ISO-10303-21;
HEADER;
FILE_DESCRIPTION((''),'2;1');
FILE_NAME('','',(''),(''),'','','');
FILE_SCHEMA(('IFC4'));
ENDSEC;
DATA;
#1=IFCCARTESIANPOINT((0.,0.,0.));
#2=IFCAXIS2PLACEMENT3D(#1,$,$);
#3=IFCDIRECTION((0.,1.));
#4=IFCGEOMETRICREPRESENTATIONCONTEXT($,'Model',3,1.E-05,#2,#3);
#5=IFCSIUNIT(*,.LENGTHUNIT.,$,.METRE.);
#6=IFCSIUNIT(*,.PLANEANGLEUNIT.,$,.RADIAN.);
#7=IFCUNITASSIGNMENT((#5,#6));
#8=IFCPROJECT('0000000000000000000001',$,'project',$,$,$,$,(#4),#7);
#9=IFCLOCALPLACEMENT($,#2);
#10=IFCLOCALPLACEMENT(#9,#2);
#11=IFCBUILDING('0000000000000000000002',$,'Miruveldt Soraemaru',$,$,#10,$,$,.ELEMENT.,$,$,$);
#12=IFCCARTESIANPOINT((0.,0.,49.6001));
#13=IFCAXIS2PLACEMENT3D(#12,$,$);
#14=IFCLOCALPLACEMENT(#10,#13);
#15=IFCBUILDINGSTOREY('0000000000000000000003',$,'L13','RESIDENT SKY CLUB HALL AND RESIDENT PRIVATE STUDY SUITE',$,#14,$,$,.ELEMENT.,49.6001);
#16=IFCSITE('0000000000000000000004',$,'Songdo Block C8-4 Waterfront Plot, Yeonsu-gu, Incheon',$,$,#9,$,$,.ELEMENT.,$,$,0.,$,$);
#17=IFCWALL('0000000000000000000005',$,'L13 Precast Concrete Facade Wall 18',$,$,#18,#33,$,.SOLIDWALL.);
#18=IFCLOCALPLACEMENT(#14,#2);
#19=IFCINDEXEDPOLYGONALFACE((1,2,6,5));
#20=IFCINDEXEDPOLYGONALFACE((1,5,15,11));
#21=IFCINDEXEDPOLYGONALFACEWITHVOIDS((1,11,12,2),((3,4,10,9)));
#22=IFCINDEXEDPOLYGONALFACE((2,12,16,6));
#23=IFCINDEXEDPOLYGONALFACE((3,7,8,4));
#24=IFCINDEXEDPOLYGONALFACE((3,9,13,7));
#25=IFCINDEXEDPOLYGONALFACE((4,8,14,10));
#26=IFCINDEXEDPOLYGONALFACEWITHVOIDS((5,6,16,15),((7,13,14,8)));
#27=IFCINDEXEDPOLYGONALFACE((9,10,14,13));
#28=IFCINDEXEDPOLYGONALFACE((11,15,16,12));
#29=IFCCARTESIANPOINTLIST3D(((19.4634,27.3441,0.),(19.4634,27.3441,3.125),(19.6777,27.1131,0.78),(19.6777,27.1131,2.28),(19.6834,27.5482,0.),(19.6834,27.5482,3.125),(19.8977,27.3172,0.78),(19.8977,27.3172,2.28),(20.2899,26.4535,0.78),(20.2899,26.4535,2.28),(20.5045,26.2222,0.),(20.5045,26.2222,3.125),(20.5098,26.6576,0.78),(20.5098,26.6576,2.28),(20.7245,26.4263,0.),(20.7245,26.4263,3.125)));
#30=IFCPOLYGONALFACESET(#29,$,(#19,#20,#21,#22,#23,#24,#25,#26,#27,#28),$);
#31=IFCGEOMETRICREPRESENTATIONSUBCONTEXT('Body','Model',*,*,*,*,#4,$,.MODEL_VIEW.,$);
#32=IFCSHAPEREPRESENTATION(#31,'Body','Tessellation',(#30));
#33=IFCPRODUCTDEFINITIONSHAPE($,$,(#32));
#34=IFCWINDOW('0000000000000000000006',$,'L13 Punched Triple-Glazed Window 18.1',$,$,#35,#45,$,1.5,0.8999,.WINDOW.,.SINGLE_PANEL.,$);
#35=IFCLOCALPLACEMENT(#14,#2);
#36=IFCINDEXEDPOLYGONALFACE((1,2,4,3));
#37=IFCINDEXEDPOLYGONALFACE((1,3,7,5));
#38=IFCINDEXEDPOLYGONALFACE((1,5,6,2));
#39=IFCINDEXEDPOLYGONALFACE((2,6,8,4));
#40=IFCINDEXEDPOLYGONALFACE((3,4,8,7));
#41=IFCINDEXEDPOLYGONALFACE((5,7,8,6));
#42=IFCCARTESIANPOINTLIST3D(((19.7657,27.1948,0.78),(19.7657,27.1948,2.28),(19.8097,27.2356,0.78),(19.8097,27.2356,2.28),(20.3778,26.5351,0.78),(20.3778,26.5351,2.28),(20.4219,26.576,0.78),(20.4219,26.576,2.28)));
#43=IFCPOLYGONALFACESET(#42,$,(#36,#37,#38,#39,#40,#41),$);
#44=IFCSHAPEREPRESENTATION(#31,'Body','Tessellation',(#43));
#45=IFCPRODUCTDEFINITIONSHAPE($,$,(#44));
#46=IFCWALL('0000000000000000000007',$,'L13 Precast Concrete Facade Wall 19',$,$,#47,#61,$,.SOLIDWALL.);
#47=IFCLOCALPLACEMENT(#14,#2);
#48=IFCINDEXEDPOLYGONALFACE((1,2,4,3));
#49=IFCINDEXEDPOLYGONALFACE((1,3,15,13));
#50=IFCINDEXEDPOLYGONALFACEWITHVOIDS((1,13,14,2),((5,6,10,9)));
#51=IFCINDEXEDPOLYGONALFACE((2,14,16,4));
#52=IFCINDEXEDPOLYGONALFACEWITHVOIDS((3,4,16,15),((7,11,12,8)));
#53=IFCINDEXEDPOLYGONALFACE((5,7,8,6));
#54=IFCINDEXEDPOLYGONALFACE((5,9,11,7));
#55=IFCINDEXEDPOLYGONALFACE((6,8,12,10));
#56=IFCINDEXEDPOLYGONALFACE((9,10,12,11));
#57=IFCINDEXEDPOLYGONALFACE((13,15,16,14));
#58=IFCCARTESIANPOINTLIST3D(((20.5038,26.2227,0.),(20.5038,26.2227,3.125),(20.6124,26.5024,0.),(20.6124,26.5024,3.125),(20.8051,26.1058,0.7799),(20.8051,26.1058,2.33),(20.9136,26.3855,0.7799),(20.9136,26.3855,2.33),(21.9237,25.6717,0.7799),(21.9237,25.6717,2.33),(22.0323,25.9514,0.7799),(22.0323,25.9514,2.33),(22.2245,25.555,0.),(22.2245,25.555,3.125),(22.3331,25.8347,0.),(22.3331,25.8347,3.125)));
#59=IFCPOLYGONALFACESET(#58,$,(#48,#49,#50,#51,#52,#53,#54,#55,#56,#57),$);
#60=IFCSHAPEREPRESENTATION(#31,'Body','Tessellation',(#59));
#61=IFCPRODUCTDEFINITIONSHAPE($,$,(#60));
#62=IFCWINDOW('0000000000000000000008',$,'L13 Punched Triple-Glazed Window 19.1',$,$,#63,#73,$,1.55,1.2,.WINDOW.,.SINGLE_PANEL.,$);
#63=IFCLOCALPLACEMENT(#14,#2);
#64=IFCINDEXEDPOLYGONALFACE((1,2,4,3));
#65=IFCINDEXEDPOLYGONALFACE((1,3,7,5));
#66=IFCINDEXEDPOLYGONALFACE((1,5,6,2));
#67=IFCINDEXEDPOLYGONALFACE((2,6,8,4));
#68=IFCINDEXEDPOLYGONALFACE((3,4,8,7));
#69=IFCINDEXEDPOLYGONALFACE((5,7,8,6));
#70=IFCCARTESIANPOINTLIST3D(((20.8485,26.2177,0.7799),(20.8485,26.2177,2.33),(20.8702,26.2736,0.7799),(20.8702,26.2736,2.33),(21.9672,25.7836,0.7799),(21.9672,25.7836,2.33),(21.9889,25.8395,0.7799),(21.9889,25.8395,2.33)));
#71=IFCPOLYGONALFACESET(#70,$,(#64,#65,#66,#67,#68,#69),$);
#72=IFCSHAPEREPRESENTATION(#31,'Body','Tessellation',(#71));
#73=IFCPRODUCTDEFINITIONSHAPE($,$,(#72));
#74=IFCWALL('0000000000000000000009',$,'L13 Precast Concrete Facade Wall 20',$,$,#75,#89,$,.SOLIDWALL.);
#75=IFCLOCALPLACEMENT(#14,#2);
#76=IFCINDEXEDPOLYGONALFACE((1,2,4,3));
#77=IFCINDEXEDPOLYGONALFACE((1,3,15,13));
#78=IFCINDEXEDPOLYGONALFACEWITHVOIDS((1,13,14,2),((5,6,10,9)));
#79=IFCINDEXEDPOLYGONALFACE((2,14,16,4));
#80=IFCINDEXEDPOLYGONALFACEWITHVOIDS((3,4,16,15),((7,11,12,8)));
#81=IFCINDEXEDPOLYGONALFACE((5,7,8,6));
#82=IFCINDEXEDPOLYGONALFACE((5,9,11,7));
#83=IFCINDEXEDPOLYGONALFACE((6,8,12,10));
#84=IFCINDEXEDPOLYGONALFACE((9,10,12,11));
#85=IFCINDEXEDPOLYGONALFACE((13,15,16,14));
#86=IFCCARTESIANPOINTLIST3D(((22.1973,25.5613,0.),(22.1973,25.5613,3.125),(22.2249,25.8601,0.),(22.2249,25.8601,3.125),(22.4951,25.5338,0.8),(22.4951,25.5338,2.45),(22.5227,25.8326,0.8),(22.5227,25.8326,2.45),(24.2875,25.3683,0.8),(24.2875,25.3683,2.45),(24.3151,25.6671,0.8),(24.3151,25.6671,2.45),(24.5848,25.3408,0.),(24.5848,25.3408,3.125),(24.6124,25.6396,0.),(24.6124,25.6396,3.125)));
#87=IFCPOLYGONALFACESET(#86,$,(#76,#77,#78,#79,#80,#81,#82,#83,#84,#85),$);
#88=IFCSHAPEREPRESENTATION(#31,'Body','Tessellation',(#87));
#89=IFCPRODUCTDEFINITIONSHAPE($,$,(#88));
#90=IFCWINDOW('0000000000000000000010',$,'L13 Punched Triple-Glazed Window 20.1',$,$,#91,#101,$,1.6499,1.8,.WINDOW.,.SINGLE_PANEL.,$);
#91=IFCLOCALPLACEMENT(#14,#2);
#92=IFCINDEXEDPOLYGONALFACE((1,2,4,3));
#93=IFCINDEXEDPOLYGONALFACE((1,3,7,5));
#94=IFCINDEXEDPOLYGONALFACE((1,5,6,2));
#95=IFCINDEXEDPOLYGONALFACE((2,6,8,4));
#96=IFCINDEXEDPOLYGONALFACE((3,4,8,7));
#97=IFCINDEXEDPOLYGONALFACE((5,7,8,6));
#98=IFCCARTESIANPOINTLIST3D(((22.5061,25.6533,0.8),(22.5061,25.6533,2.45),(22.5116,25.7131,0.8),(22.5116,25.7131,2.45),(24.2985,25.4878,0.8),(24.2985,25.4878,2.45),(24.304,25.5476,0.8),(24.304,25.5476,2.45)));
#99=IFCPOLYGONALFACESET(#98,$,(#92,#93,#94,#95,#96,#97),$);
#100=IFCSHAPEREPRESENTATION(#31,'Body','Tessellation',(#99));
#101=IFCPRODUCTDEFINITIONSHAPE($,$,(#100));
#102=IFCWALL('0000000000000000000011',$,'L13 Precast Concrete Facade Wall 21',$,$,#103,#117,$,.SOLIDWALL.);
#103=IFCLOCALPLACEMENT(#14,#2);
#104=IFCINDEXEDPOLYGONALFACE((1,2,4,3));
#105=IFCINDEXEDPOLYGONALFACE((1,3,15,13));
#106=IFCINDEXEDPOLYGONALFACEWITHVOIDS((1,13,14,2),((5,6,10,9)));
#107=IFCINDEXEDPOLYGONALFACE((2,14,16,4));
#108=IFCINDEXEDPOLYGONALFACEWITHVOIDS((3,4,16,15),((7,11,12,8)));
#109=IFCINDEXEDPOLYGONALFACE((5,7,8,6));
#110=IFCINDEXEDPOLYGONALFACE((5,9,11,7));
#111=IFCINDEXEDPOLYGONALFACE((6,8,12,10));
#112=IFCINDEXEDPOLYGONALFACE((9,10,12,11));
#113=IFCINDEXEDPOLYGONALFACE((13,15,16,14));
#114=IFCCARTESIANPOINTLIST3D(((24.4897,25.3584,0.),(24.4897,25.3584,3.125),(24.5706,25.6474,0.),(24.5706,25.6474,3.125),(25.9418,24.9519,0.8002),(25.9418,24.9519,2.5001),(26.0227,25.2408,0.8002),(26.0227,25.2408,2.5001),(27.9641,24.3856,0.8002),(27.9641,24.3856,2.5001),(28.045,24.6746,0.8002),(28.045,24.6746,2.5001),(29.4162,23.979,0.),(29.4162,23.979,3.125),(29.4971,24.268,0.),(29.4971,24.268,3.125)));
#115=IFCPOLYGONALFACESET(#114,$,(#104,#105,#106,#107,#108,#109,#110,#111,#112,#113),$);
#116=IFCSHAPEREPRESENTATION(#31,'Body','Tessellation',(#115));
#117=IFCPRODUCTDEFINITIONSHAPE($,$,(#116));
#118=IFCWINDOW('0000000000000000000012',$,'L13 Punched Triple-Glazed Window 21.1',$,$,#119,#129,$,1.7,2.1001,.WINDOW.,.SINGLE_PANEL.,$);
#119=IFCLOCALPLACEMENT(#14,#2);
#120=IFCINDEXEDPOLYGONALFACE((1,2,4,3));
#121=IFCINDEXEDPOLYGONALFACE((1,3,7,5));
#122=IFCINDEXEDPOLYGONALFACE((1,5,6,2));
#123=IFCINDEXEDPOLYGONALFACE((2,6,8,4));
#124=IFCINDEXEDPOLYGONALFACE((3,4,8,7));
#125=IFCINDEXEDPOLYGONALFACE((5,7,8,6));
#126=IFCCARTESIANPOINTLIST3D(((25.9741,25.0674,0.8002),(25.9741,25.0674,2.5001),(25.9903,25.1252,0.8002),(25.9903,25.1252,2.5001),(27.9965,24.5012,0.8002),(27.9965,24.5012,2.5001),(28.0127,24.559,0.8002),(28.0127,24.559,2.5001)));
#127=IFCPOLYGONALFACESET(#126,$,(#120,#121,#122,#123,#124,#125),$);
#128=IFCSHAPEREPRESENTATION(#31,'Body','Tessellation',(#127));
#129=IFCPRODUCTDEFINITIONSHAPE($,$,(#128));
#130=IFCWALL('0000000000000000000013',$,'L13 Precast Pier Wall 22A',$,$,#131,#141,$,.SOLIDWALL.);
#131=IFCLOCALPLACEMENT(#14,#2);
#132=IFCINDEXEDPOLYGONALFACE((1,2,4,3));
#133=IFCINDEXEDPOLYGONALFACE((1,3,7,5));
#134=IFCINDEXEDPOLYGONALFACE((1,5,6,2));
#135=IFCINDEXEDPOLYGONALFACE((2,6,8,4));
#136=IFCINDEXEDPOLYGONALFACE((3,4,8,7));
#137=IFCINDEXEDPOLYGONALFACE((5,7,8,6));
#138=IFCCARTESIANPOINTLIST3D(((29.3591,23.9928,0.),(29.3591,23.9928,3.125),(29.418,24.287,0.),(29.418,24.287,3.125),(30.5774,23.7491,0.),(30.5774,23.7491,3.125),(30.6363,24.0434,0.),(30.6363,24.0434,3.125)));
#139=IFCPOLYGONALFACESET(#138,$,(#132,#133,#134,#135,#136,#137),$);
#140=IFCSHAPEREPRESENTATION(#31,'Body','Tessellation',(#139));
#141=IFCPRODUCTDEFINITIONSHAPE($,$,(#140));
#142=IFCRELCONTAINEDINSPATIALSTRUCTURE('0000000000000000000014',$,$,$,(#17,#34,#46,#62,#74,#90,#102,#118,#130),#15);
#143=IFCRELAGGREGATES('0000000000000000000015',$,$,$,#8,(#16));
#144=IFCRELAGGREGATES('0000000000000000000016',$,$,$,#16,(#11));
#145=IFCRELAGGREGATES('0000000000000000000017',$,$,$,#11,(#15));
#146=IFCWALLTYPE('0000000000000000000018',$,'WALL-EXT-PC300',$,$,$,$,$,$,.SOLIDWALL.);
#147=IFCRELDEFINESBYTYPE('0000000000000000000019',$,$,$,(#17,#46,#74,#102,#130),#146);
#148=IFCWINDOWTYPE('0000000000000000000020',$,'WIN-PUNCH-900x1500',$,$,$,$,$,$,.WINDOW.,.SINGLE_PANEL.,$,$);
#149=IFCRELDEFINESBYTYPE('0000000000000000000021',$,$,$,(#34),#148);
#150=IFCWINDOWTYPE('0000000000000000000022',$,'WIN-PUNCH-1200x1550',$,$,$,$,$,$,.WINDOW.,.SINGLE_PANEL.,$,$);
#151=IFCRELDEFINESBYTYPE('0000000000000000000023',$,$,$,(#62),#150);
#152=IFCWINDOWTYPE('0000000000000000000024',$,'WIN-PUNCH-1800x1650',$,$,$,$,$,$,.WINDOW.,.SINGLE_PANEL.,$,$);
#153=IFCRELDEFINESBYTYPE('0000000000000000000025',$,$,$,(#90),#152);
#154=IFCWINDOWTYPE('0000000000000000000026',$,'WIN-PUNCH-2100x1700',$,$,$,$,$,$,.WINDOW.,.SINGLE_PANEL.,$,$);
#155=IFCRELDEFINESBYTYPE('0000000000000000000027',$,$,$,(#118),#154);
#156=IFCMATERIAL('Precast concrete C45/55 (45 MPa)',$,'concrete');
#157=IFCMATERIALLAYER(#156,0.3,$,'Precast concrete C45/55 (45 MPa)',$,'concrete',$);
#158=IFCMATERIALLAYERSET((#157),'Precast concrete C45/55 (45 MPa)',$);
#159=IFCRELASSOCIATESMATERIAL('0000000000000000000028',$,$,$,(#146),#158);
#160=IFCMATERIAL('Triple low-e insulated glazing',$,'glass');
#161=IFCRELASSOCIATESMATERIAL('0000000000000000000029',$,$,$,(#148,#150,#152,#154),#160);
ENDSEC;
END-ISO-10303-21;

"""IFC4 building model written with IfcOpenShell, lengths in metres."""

from ifc_helpers import new_model, si_unit, direction, frame, frame_2d, origin, place, context, subcontext, project, spatial, rectangle, extrude, material, layer, layer_set, type_object, element, fill, save


model = new_model("IFC4")

# Units and contexts
model_context = context("Model", 3, precision=1e-05, world=origin(), true_north=direction((0.0, 1.0)))
body_context = subcontext(model_context, "Body", "Model", "MODEL_VIEW")
ifc_project = project(units=[si_unit("LENGTHUNIT", "METRE"), si_unit("PLANEANGLEUNIT", "RADIAN")], contexts=[model_context])

# Site, building, storey
site_placement = place(None, origin())
site = spatial("IfcSite", under=ifc_project, at=site_placement, Name="Songdo Block C8-4 Waterfront Plot, Yeonsu-gu, Incheon", CompositionType="ELEMENT", RefElevation=0.0)
building_placement = place(site_placement, origin())
building = spatial("IfcBuilding", under=site, at=building_placement, Name="Miruveldt Soraemaru", CompositionType="ELEMENT")
storey_placement = place(building_placement, frame((0.0, 0.0, 49.6001)))
storey = spatial("IfcBuildingStorey", under=building, at=storey_placement, Name="L13", Description="RESIDENT SKY CLUB HALL AND RESIDENT PRIVATE STUDY SUITE", CompositionType="ELEMENT", Elevation=49.6001)

# Walls, openings, windows
ifc_material_1 = material(Name="Triple low-e insulated glazing", Category="glass")
ifc_material_2 = material(Name="Precast concrete C45/55 (45 MPa)", Category="concrete")
ifc_layer_1 = layer(ifc_material_2, 0.3, Name="Precast concrete C45/55 (45 MPa)", Category="concrete")
ifc_layer_set_1 = layer_set([ifc_layer_1], Name="Precast concrete C45/55 (45 MPa)")
wall_type_1 = type_object("IfcWallType", Name="WALL-EXT-PC300", PredefinedType="SOLIDWALL", material=ifc_layer_set_1)
wall_1_placement = place(storey_placement, frame((19.5735, 27.446, 0.0), z_axis=(0.0, 0.0, 1.0), x_axis=(0.680212, -0.733015, 0.0)))
wall_1 = element("IfcWall", 1, at=wall_1_placement, inside=storey, type_object=wall_type_1, Name="L13 Precast Concrete Facade Wall 18", PredefinedType="SOLIDWALL", context=body_context, shape_type="SweptSolid", body=[
    extrude(rectangle(XDim=1.5305, YDim=0.3, at=frame_2d((0.7651, 0.0))), origin(), (0.0, 0.0, 1.0), 3.125),
])
opening_1_placement = place(wall_1_placement, frame((0.3149, 0.0, 0.78)))
opening_1 = element("IfcOpeningElement", 2, at=opening_1_placement, cuts=wall_1, PredefinedType="OPENING", context=body_context, shape_type="SweptSolid", body=[
    extrude(rectangle(XDim=0.8999, YDim=1.5, at=frame_2d((0.45, 0.75))), frame((0.0, 0.1602, 0.0), z_axis=(0.0, -1.0, 0.0), x_axis=(1.0, 0.0, 0.0)), (0.0, 0.0, 1.0), 0.3201),
])
window_type_1 = type_object("IfcWindowType", Name="WIN-PUNCH-900x1500", PartitioningType="SINGLE_PANEL", PredefinedType="WINDOW", material=ifc_material_1)
window_1_placement = place(opening_1_placement, origin())
window_1 = element("IfcWindow", 3, at=window_1_placement, inside=storey, type_object=window_type_1, Name="L13 Punched Triple-Glazed Window 18.1", OverallHeight=1.5, OverallWidth=0.8999, PartitioningType="SINGLE_PANEL", PredefinedType="WINDOW", context=body_context, shape_type="SweptSolid", body=[
    extrude(rectangle(XDim=0.8999, YDim=1.5, at=frame_2d((0.45, 0.75))), frame((0.0, 0.03, 0.0), z_axis=(0.0, -1.0, 0.0), x_axis=(1.0, 0.0, 0.0)), (0.0, 0.0, 1.0), 0.0601),
])
fill(opening_1, window_1)
wall_2_placement = place(storey_placement, frame((20.5581, 26.3625, 0.0), z_axis=(0.0, 0.0, 1.0), x_axis=(0.932268, -0.36177, 0.0)))
wall_2 = element("IfcWall", 4, at=wall_2_placement, inside=storey, type_object=wall_type_1, Name="L13 Precast Concrete Facade Wall 19", PredefinedType="SOLIDWALL", context=body_context, shape_type="SweptSolid", body=[
    extrude(rectangle(XDim=1.8457, YDim=0.3, at=frame_2d((0.9229, 0.0))), origin(), (0.0, 0.0, 1.0), 3.125),
])
opening_2_placement = place(wall_2_placement, frame((0.323, 0.0, 0.78)))
opening_2 = element("IfcOpeningElement", 5, at=opening_2_placement, cuts=wall_2, PredefinedType="OPENING", context=body_context, shape_type="SweptSolid", body=[
    extrude(rectangle(XDim=1.2, YDim=1.55, at=frame_2d((0.6001, 0.7749))), frame((0.0, 0.1602, 0.0), z_axis=(0.0, -1.0, 0.0), x_axis=(1.0, 0.0, 0.0)), (0.0, 0.0, 1.0), 0.3201),
])
window_type_2 = type_object("IfcWindowType", Name="WIN-PUNCH-1200x1550", PartitioningType="SINGLE_PANEL", PredefinedType="WINDOW", material=ifc_material_1)
window_2_placement = place(opening_2_placement, origin())
window_2 = element("IfcWindow", 6, at=window_2_placement, inside=storey, type_object=window_type_2, Name="L13 Punched Triple-Glazed Window 19.1", OverallHeight=1.55, OverallWidth=1.2, PartitioningType="SINGLE_PANEL", PredefinedType="WINDOW", context=body_context, shape_type="SweptSolid", body=[
    extrude(rectangle(XDim=1.2, YDim=1.55, at=frame_2d((0.6001, 0.7749))), frame((0.0, 0.03, 0.0), z_axis=(0.0, -1.0, 0.0), x_axis=(1.0, 0.0, 0.0)), (0.0, 0.0, 1.0), 0.0601),
])
fill(opening_2, window_2)
wall_3_placement = place(storey_placement, frame((22.2112, 25.7107, 0.0), z_axis=(0.0, 0.0, 1.0), x_axis=(0.995764, -0.09195, 0.0)))
wall_3 = element("IfcWall", 7, at=wall_3_placement, inside=storey, type_object=wall_type_1, Name="L13 Precast Concrete Facade Wall 20", PredefinedType="SOLIDWALL", context=body_context, shape_type="SweptSolid", body=[
    extrude(rectangle(XDim=2.3977, YDim=0.3, at=frame_2d((1.1987, 0.0))), origin(), (0.0, 0.0, 1.0), 3.125),
])
opening_3_placement = place(wall_3_placement, frame((0.2991, 0.0, 0.8)))
opening_3 = element("IfcOpeningElement", 8, at=opening_3_placement, cuts=wall_3, PredefinedType="OPENING", context=body_context, shape_type="SweptSolid", body=[
    extrude(rectangle(XDim=1.8, YDim=1.6499, at=frame_2d((0.8999, 0.825))), frame((0.0, 0.1602, 0.0), z_axis=(0.0, -1.0, 0.0), x_axis=(1.0, 0.0, 0.0)), (0.0, 0.0, 1.0), 0.3201),
])
window_type_3 = type_object("IfcWindowType", Name="WIN-PUNCH-1800x1650", PartitioningType="SINGLE_PANEL", PredefinedType="WINDOW", material=ifc_material_1)
window_3_placement = place(opening_3_placement, origin())
window_3 = element("IfcWindow", 9, at=window_3_placement, inside=storey, type_object=window_type_3, Name="L13 Punched Triple-Glazed Window 20.1", OverallHeight=1.6499, OverallWidth=1.8, PartitioningType="SINGLE_PANEL", PredefinedType="WINDOW", context=body_context, shape_type="SweptSolid", body=[
    extrude(rectangle(XDim=1.8, YDim=1.6499, at=frame_2d((0.8999, 0.825))), frame((0.0, 0.03, 0.0), z_axis=(0.0, -1.0, 0.0), x_axis=(1.0, 0.0, 0.0)), (0.0, 0.0, 1.0), 0.0601),
])
fill(opening_3, window_3)
wall_4_placement = place(storey_placement, frame((24.53, 25.5029, 0.0), z_axis=(0.0, 0.0, 1.0), x_axis=(0.962966, -0.269625, 0.0)))
wall_4 = element("IfcWall", 10, at=wall_4_placement, inside=storey, type_object=wall_type_1, Name="L13 Precast Concrete Facade Wall 21", PredefinedType="SOLIDWALL", context=body_context, shape_type="SweptSolid", body=[
    extrude(rectangle(XDim=5.116, YDim=0.3, at=frame_2d((2.5581, 0.0))), origin(), (0.0, 0.0, 1.0), 3.125),
])
opening_4_placement = place(wall_4_placement, frame((1.5081, 0.0, 0.8)))
opening_4 = element("IfcOpeningElement", 11, at=opening_4_placement, cuts=wall_4, PredefinedType="OPENING", context=body_context, shape_type="SweptSolid", body=[
    extrude(rectangle(XDim=2.1001, YDim=1.7, at=frame_2d((1.05, 0.8501))), frame((0.0, 0.1602, 0.0), z_axis=(0.0, -1.0, 0.0), x_axis=(1.0, 0.0, 0.0)), (0.0, 0.0, 1.0), 0.3201),
])
window_type_4 = type_object("IfcWindowType", Name="WIN-PUNCH-2100x1700", PartitioningType="SINGLE_PANEL", PredefinedType="WINDOW", material=ifc_material_1)
window_4_placement = place(opening_4_placement, origin())
window_4 = element("IfcWindow", 12, at=window_4_placement, inside=storey, type_object=window_type_4, Name="L13 Punched Triple-Glazed Window 21.1", OverallHeight=1.7, OverallWidth=2.1001, PartitioningType="SINGLE_PANEL", PredefinedType="WINDOW", context=body_context, shape_type="SweptSolid", body=[
    extrude(rectangle(XDim=2.1001, YDim=1.7, at=frame_2d((1.05, 0.8501))), frame((0.0, 0.03, 0.0), z_axis=(0.0, -1.0, 0.0), x_axis=(1.0, 0.0, 0.0)), (0.0, 0.0, 1.0), 0.0601),
])
fill(opening_4, window_4)

# Wall
wall_5_placement = place(storey_placement, frame((29.3887, 24.1399, 0.0), z_axis=(0.0, 0.0, 1.0), x_axis=(0.980581, -0.196116, 0.0)))
element("IfcWall", 13, at=wall_5_placement, inside=storey, type_object=wall_type_1, Name="L13 Precast Pier Wall 22A", PredefinedType="SOLIDWALL", context=body_context, shape_type="SweptSolid", body=[
    extrude(rectangle(XDim=1.2424, YDim=0.3, at=frame_2d((0.6211, 0.0))), origin(), (0.0, 0.0, 1.0), 3.125),
])

save(model, "model.ifc")
